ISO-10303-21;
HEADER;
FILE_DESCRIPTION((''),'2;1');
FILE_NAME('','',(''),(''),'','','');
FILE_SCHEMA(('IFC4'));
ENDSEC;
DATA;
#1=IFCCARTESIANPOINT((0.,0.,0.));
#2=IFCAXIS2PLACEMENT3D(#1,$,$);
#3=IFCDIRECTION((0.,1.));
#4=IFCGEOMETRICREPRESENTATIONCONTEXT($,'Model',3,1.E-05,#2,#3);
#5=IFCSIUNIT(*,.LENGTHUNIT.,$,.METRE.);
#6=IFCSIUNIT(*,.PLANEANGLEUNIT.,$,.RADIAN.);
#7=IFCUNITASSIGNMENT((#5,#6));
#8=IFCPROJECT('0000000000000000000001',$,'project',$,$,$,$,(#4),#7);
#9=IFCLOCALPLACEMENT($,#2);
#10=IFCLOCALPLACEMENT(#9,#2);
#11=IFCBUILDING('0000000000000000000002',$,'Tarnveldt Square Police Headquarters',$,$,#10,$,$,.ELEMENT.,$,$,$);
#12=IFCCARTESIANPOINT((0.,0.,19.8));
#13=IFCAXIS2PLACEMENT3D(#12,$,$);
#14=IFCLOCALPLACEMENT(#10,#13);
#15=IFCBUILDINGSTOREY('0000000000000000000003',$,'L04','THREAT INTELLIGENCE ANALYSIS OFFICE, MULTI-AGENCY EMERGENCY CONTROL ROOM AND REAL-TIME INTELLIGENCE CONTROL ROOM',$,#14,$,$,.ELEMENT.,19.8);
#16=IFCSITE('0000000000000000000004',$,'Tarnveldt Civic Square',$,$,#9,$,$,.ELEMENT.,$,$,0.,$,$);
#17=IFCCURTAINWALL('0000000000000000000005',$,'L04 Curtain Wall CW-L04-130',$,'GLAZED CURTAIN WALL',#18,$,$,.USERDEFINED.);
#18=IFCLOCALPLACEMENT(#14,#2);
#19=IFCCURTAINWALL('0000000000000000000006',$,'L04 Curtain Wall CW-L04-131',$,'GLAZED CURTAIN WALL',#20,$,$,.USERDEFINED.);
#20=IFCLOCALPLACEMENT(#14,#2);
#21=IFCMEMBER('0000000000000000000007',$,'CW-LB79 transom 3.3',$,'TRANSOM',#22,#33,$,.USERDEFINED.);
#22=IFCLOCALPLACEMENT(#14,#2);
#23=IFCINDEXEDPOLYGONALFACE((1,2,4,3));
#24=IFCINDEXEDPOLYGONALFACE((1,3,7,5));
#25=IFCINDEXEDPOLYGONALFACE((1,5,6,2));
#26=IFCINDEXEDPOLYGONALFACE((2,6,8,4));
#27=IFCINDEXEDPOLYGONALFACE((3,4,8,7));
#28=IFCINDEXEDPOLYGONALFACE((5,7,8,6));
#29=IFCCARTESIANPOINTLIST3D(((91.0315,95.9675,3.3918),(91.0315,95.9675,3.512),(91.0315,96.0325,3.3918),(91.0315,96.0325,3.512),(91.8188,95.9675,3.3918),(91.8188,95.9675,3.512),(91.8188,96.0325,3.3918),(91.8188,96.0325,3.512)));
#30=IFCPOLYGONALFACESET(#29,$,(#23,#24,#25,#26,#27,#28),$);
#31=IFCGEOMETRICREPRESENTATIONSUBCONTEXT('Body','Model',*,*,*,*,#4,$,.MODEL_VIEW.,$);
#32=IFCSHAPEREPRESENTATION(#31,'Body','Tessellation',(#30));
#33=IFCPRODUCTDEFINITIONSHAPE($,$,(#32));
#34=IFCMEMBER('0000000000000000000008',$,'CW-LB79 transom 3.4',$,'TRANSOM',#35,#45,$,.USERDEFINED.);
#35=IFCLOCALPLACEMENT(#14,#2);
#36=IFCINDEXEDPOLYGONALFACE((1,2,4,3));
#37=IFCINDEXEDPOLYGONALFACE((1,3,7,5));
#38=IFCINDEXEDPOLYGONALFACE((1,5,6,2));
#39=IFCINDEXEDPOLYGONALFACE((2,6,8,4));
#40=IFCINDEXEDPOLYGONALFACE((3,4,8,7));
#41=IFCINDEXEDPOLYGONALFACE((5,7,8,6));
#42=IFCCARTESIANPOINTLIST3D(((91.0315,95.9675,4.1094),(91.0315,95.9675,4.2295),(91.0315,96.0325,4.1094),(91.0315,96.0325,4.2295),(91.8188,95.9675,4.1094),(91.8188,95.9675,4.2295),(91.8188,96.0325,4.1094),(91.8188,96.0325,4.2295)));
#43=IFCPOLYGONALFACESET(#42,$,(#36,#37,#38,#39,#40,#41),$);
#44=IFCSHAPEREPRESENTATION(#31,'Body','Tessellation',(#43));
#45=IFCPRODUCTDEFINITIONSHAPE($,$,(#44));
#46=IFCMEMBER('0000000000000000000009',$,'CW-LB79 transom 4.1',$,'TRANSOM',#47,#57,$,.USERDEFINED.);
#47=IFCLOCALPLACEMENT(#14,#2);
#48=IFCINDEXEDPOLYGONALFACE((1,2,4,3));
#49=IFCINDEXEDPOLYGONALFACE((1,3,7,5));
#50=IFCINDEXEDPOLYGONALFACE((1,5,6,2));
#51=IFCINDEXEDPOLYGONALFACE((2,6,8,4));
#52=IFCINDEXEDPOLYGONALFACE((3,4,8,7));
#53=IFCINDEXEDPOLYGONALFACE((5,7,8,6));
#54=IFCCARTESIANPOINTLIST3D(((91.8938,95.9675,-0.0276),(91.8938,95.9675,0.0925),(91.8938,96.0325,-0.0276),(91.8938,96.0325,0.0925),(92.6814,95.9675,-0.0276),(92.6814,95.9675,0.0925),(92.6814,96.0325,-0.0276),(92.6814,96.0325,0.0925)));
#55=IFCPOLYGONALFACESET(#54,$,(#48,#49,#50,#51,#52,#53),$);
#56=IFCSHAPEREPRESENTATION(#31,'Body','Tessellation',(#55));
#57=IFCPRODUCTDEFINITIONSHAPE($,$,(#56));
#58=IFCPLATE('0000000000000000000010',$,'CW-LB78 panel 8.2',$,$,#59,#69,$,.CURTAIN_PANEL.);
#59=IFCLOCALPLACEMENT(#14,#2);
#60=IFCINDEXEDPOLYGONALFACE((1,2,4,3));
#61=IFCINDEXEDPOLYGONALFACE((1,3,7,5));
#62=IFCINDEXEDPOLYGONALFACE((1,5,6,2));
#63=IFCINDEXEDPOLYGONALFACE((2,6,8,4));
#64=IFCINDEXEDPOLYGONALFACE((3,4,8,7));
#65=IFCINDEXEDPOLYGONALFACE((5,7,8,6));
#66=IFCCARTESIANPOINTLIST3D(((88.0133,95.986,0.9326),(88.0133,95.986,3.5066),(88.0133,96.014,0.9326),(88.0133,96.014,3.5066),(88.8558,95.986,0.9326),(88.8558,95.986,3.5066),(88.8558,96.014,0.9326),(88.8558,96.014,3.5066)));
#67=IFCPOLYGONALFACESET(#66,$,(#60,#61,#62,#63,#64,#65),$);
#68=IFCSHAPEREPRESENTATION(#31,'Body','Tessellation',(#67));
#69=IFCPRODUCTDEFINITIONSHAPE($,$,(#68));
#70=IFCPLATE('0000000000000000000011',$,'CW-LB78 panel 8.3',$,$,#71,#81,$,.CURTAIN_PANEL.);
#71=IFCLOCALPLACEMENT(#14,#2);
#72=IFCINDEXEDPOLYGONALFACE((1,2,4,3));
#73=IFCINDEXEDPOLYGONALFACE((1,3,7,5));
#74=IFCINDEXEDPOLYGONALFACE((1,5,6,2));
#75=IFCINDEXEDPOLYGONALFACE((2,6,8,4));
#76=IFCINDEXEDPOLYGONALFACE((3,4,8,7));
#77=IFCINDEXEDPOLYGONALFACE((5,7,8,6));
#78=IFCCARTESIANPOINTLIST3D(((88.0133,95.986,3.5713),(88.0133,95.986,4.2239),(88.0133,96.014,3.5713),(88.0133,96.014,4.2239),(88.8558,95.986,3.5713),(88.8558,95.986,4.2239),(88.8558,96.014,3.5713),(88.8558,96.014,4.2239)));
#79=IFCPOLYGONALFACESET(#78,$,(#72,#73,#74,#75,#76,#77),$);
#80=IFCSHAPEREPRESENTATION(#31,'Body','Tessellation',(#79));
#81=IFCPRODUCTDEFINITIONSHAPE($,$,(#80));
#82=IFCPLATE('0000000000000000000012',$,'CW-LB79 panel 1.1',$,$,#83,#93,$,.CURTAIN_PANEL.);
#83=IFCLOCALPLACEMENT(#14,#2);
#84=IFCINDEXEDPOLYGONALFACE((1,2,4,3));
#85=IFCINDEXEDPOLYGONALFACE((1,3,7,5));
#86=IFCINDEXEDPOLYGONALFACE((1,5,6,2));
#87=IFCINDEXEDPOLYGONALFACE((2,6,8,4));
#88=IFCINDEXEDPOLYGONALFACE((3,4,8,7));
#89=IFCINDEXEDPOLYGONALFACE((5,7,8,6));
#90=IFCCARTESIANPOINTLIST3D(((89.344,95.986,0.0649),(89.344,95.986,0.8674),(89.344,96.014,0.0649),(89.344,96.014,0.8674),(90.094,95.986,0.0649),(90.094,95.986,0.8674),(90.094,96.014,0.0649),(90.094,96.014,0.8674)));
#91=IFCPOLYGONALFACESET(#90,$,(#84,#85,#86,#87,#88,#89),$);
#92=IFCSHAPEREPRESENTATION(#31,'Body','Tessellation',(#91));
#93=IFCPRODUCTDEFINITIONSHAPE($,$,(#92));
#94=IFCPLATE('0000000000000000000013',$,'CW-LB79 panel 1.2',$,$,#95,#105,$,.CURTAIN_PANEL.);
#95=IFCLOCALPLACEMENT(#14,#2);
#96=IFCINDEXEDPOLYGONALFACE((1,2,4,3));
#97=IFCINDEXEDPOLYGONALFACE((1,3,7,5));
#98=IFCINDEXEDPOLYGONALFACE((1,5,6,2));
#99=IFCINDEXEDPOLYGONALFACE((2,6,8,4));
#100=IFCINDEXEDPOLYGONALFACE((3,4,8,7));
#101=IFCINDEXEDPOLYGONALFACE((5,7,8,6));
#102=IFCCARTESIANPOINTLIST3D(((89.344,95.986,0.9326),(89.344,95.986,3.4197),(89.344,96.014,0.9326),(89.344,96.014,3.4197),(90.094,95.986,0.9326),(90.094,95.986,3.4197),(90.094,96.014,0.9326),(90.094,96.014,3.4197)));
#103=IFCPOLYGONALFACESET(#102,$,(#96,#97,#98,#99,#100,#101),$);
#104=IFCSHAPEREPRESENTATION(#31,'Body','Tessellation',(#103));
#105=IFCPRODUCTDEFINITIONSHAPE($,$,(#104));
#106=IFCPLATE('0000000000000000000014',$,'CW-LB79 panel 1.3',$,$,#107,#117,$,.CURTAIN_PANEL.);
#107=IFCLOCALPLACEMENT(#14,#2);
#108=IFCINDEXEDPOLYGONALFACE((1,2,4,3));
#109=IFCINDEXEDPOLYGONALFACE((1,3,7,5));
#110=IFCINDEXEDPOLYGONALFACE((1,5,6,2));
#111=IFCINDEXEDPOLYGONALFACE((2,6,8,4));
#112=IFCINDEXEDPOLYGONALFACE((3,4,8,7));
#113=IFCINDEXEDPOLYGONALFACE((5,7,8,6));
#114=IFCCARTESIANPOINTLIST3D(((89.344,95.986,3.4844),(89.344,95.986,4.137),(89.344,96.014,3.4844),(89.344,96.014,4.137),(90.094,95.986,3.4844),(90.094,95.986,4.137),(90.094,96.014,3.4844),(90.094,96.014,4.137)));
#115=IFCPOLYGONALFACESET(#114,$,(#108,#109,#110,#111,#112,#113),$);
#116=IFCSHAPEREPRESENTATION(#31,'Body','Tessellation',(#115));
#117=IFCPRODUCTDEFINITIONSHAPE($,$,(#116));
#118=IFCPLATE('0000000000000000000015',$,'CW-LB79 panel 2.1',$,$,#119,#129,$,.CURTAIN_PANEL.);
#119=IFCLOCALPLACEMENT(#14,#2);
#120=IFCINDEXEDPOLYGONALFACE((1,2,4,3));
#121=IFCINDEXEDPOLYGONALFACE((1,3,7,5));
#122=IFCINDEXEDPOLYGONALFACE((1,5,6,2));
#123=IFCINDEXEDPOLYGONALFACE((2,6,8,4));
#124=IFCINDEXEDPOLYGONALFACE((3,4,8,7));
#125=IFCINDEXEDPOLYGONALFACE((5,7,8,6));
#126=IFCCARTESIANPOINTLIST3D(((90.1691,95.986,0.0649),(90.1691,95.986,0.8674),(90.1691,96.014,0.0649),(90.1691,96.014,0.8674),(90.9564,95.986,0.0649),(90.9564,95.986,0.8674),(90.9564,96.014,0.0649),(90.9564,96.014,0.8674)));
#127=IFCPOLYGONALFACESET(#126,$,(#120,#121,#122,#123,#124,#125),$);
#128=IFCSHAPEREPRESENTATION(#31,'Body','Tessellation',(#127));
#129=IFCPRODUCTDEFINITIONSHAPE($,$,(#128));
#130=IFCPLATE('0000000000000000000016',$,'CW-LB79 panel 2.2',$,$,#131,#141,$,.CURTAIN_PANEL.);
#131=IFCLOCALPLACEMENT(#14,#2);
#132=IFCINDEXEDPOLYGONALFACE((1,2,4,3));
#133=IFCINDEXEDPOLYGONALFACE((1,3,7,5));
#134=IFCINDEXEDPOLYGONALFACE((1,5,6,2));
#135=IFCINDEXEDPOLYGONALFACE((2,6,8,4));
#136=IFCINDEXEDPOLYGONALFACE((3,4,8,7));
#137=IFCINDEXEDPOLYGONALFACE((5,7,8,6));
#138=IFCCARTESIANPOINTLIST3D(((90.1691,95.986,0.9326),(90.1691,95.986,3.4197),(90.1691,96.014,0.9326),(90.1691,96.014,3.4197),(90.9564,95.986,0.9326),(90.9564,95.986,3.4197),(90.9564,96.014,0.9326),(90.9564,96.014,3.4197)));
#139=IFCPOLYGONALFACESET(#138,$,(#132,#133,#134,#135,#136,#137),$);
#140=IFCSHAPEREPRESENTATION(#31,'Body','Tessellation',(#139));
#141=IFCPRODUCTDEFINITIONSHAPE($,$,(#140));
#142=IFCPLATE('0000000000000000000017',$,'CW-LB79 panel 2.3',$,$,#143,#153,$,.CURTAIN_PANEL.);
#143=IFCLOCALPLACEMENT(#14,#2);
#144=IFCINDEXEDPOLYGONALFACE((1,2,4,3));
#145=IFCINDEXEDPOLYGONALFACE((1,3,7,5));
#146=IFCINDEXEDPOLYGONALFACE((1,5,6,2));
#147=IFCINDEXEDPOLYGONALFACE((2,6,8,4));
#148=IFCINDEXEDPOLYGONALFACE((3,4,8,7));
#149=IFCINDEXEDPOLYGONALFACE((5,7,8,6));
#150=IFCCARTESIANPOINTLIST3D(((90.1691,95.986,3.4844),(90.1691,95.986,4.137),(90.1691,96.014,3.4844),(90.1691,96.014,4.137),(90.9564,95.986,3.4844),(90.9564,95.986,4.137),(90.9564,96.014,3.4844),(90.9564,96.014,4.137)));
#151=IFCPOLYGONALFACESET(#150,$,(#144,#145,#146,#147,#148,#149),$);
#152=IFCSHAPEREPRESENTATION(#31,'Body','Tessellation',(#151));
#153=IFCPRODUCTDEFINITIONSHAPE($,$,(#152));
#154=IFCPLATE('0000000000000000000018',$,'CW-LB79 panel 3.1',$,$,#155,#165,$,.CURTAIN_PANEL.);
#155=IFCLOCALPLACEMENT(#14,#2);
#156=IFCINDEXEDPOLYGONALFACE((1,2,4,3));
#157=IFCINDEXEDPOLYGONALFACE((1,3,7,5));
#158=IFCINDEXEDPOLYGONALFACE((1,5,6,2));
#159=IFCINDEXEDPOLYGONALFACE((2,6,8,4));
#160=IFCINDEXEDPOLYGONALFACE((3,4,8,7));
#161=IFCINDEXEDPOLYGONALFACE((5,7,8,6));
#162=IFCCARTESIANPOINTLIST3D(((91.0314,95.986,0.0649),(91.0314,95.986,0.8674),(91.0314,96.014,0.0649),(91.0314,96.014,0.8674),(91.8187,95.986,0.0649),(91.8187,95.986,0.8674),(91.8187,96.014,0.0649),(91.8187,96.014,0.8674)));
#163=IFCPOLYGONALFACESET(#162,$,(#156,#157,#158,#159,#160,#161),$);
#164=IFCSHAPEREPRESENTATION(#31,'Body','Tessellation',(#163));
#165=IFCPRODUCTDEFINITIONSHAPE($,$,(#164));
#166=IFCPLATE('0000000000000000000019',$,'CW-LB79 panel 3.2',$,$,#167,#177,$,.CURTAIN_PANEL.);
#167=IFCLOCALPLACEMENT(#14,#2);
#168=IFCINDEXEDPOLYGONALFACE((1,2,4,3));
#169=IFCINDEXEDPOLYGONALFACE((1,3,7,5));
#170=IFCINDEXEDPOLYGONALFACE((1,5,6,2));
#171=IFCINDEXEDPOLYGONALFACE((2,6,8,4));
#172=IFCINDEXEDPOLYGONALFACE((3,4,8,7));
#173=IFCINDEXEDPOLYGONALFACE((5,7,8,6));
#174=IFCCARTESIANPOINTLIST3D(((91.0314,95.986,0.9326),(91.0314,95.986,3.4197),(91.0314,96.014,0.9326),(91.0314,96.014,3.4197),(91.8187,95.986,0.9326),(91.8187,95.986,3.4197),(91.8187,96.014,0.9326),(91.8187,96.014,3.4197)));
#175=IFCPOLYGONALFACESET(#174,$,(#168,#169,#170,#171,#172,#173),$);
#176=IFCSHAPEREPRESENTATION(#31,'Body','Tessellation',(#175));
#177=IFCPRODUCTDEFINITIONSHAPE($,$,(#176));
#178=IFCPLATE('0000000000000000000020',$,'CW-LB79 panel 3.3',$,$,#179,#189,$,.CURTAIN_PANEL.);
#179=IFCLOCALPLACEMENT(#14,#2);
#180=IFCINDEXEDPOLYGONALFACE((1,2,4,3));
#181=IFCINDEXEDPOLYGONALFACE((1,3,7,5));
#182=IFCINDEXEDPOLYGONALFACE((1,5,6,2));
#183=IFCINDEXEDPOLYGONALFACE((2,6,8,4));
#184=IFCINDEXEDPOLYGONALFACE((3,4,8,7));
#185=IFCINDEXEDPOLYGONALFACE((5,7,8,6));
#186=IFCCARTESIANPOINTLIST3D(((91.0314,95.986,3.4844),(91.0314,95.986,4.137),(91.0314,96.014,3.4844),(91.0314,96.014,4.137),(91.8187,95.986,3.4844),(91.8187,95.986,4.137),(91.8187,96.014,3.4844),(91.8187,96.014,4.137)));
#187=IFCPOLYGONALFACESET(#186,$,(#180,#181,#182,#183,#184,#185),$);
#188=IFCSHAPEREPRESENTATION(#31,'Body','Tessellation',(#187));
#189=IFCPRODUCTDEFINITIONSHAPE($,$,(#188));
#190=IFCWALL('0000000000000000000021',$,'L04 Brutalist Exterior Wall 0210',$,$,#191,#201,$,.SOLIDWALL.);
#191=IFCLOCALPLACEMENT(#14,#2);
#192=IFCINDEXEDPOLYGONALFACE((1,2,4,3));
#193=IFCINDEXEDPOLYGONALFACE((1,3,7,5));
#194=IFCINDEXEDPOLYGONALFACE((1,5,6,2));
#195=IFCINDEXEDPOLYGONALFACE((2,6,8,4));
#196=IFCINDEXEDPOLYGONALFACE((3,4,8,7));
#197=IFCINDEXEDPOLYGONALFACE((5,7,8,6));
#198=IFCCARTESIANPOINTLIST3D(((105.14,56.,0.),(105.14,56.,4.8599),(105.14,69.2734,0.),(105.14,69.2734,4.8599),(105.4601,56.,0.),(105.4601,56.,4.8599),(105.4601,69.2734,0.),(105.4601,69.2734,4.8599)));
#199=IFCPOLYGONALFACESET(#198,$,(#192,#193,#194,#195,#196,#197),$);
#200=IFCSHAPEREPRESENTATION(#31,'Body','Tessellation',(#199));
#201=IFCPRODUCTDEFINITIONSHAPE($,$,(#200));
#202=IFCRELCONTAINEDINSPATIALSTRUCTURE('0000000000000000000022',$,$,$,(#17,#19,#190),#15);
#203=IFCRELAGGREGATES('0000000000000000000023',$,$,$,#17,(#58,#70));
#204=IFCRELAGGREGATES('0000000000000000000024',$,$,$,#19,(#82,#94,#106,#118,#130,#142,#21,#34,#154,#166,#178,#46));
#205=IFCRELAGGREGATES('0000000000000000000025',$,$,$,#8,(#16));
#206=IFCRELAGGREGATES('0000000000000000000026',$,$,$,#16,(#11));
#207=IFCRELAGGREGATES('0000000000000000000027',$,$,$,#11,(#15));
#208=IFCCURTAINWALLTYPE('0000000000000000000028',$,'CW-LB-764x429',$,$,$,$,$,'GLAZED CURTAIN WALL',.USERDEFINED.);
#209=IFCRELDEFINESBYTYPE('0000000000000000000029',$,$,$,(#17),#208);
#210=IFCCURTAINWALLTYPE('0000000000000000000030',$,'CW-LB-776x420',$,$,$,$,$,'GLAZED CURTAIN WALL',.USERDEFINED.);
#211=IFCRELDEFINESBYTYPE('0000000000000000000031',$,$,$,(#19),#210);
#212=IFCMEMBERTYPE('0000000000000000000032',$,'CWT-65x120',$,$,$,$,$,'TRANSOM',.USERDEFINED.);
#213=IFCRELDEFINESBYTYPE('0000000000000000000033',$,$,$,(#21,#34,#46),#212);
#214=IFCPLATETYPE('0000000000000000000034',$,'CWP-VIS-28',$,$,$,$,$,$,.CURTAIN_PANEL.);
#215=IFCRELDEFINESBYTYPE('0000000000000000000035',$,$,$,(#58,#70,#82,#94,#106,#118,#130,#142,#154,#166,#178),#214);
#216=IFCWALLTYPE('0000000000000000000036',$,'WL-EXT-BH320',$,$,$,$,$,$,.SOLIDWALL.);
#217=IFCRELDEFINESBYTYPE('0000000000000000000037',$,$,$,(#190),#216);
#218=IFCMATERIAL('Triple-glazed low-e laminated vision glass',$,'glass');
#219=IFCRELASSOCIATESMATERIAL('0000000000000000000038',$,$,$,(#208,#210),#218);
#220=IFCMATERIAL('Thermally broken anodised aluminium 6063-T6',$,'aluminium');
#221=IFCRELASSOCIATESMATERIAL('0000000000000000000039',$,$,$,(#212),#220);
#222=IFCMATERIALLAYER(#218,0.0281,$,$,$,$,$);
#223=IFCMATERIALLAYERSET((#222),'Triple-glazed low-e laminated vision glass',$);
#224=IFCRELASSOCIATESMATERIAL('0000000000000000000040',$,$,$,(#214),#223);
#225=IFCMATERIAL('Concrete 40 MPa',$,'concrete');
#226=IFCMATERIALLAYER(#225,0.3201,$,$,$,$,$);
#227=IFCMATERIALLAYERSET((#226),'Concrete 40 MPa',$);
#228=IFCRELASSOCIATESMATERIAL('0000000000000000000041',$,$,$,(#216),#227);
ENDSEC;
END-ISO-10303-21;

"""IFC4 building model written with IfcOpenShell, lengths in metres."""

from ifc_helpers import new_model, si_unit, direction, frame, frame_2d, origin, origin_2d, place, context, subcontext, project, spatial, rectangle, extrude, material, layer, layer_set, material_profile, profile_set, type_object, element, aggregate, save


model = new_model("IFC4")

# Units and contexts
model_context = context("Model", 3, precision=1e-05, world=origin(), true_north=direction((0.0, 1.0)))
body_context = subcontext(model_context, "Body", "Model", "MODEL_VIEW")
ifc_project = project(units=[si_unit("LENGTHUNIT", "METRE"), si_unit("PLANEANGLEUNIT", "RADIAN")], contexts=[model_context])

# Site, building, storey
site_placement = place(None, origin())
site = spatial("IfcSite", under=ifc_project, at=site_placement, Name="Tarnveldt Civic Square", CompositionType="ELEMENT", RefElevation=0.0)
building_placement = place(site_placement, origin())
building = spatial("IfcBuilding", under=site, at=building_placement, Name="Tarnveldt Square Police Headquarters", CompositionType="ELEMENT")
storey_placement = place(building_placement, frame((0.0, 0.0, 19.8)))
storey = spatial("IfcBuildingStorey", under=building, at=storey_placement, Name="L04", Description="THREAT INTELLIGENCE ANALYSIS OFFICE, MULTI-AGENCY EMERGENCY CONTROL ROOM AND REAL-TIME INTELLIGENCE CONTROL ROOM", CompositionType="ELEMENT", Elevation=19.8)

# Shared definitions
ifc_material_1 = material(Name="Concrete 40 MPa", Category="concrete")

# Curtain wall
ifc_material_2 = material(Name="Triple-glazed low-e laminated vision glass", Category="glass")
curtain_wall_type_1 = type_object("IfcCurtainWallType", Name="CW-LB-764x429", ElementType="GLAZED CURTAIN WALL", PredefinedType="USERDEFINED", material=ifc_material_2)
curtain_wall_1_placement = place(storey_placement, origin())
curtain_wall_1 = element("IfcCurtainWall", 1, at=curtain_wall_1_placement, inside=storey, type_object=curtain_wall_type_1, Name="L04 Curtain Wall CW-L04-130", ObjectType="GLAZED CURTAIN WALL", PredefinedType="USERDEFINED")
ifc_material_3 = material(Name="Thermally broken anodised aluminium 6063-T6", Category="aluminium")

# Curtain wall, members
curtain_wall_type_2 = type_object("IfcCurtainWallType", Name="CW-LB-776x420", ElementType="GLAZED CURTAIN WALL", PredefinedType="USERDEFINED", material=ifc_material_2)
curtain_wall_2_placement = place(storey_placement, origin())
curtain_wall_2 = element("IfcCurtainWall", 2, at=curtain_wall_2_placement, inside=storey, type_object=curtain_wall_type_2, Name="L04 Curtain Wall CW-L04-131", ObjectType="GLAZED CURTAIN WALL", PredefinedType="USERDEFINED")
ifc_material_profile_1 = material_profile(ifc_material_3, rectangle(XDim=0.0649, YDim=0.1201, at=origin_2d()), Name="CW-T65x120")
ifc_profile_set_1 = profile_set([ifc_material_profile_1], Name="Thermally broken anodised aluminium 6063-T6")
member_type_1 = type_object("IfcMemberType", Name="CWT-65x120", ElementType="TRANSOM", PredefinedType="USERDEFINED", material=ifc_profile_set_1)
member_1_placement = place(storey_placement, frame((91.0315, 96.0, 3.4519), z_axis=(1.0, 0.0, 0.0), x_axis=(0.0, 1.0, 0.0)))
member_1 = element("IfcMember", 3, at=member_1_placement, type_object=member_type_1, Name="CW-LB79 transom 3.3", ObjectType="TRANSOM", PredefinedType="USERDEFINED", context=body_context, shape_type="SweptSolid", body=[
    extrude(rectangle(XDim=0.0649, YDim=0.1201, at=origin_2d()), origin(), (0.0, 0.0, 1.0), 0.7874),
])
member_2_placement = place(storey_placement, frame((91.0315, 96.0, 4.1694), z_axis=(1.0, 0.0, 0.0), x_axis=(0.0, 1.0, 0.0)))
member_2 = element("IfcMember", 4, at=member_2_placement, type_object=member_type_1, Name="CW-LB79 transom 3.4", ObjectType="TRANSOM", PredefinedType="USERDEFINED", context=body_context, shape_type="SweptSolid", body=[
    extrude(rectangle(XDim=0.0649, YDim=0.1201, at=origin_2d()), origin(), (0.0, 0.0, 1.0), 0.7874),
])
member_3_placement = place(storey_placement, frame((91.8938, 96.0, 0.0325), z_axis=(1.0, 0.0, 0.0), x_axis=(0.0, 1.0, 0.0)))
member_3 = element("IfcMember", 5, at=member_3_placement, type_object=member_type_1, Name="CW-LB79 transom 4.1", ObjectType="TRANSOM", PredefinedType="USERDEFINED", context=body_context, shape_type="SweptSolid", body=[
    extrude(rectangle(XDim=0.0649, YDim=0.1201, at=origin_2d()), origin(), (0.0, 0.0, 1.0), 0.7876),
])

# Plates
ifc_layer_1 = layer(ifc_material_2, 0.0281)
ifc_layer_set_1 = layer_set([ifc_layer_1], Name="Triple-glazed low-e laminated vision glass")
plate_type = type_object("IfcPlateType", Name="CWP-VIS-28", PredefinedType="CURTAIN_PANEL", material=ifc_layer_set_1)
plate_1_placement = place(storey_placement, frame((88.4346, 96.0, 0.9326), z_axis=(0.0, 0.0, 1.0), x_axis=(1.0, 0.0, 0.0)))
plate_1 = element("IfcPlate", 6, at=plate_1_placement, type_object=plate_type, Name="CW-LB78 panel 8.2", PredefinedType="CURTAIN_PANEL", context=body_context, shape_type="SweptSolid", body=[
    extrude(rectangle(XDim=0.8425, YDim=0.0281, at=origin_2d()), origin(), (0.0, 0.0, 1.0), 2.574),
])
plate_2_placement = place(storey_placement, frame((88.4346, 96.0, 3.5713), z_axis=(0.0, 0.0, 1.0), x_axis=(1.0, 0.0, 0.0)))
plate_2 = element("IfcPlate", 7, at=plate_2_placement, type_object=plate_type, Name="CW-LB78 panel 8.3", PredefinedType="CURTAIN_PANEL", context=body_context, shape_type="SweptSolid", body=[
    extrude(rectangle(XDim=0.8425, YDim=0.0281, at=origin_2d()), origin(), (0.0, 0.0, 1.0), 0.6526),
])
aggregate(curtain_wall_1, [plate_1, plate_2])
plate_3_placement = place(storey_placement, frame((89.719, 96.0, 0.0649), z_axis=(0.0, 0.0, 1.0), x_axis=(1.0, 0.0, 0.0)))
plate_3 = element("IfcPlate", 8, at=plate_3_placement, type_object=plate_type, Name="CW-LB79 panel 1.1", PredefinedType="CURTAIN_PANEL", context=body_context, shape_type="SweptSolid", body=[
    extrude(rectangle(XDim=0.75, YDim=0.0281, at=origin_2d()), origin(), (0.0, 0.0, 1.0), 0.8025),
])
plate_4_placement = place(storey_placement, frame((89.719, 96.0, 0.9326), z_axis=(0.0, 0.0, 1.0), x_axis=(1.0, 0.0, 0.0)))
plate_4 = element("IfcPlate", 9, at=plate_4_placement, type_object=plate_type, Name="CW-LB79 panel 1.2", PredefinedType="CURTAIN_PANEL", context=body_context, shape_type="SweptSolid", body=[
    extrude(rectangle(XDim=0.75, YDim=0.0281, at=origin_2d()), origin(), (0.0, 0.0, 1.0), 2.4871),
])
plate_5_placement = place(storey_placement, frame((89.719, 96.0, 3.4844), z_axis=(0.0, 0.0, 1.0), x_axis=(1.0, 0.0, 0.0)))
plate_5 = element("IfcPlate", 10, at=plate_5_placement, type_object=plate_type, Name="CW-LB79 panel 1.3", PredefinedType="CURTAIN_PANEL", context=body_context, shape_type="SweptSolid", body=[
    extrude(rectangle(XDim=0.75, YDim=0.0281, at=origin_2d()), origin(), (0.0, 0.0, 1.0), 0.6526),
])
plate_6_placement = place(storey_placement, frame((90.5627, 96.0, 0.0649), z_axis=(0.0, 0.0, 1.0), x_axis=(1.0, 0.0, 0.0)))
plate_6 = element("IfcPlate", 11, at=plate_6_placement, type_object=plate_type, Name="CW-LB79 panel 2.1", PredefinedType="CURTAIN_PANEL", context=body_context, shape_type="SweptSolid", body=[
    extrude(rectangle(XDim=0.7874, YDim=0.0281, at=origin_2d()), origin(), (0.0, 0.0, 1.0), 0.8025),
])
plate_7_placement = place(storey_placement, frame((90.5627, 96.0, 0.9326), z_axis=(0.0, 0.0, 1.0), x_axis=(1.0, 0.0, 0.0)))
plate_7 = element("IfcPlate", 12, at=plate_7_placement, type_object=plate_type, Name="CW-LB79 panel 2.2", PredefinedType="CURTAIN_PANEL", context=body_context, shape_type="SweptSolid", body=[
    extrude(rectangle(XDim=0.7874, YDim=0.0281, at=origin_2d()), origin(), (0.0, 0.0, 1.0), 2.4871),
])
plate_8_placement = place(storey_placement, frame((90.5627, 96.0, 3.4844), z_axis=(0.0, 0.0, 1.0), x_axis=(1.0, 0.0, 0.0)))
plate_8 = element("IfcPlate", 13, at=plate_8_placement, type_object=plate_type, Name="CW-LB79 panel 2.3", PredefinedType="CURTAIN_PANEL", context=body_context, shape_type="SweptSolid", body=[
    extrude(rectangle(XDim=0.7874, YDim=0.0281, at=origin_2d()), origin(), (0.0, 0.0, 1.0), 0.6526),
])
plate_9_placement = place(storey_placement, frame((91.425, 96.0, 0.0649), z_axis=(0.0, 0.0, 1.0), x_axis=(1.0, 0.0, 0.0)))
plate_9 = element("IfcPlate", 14, at=plate_9_placement, type_object=plate_type, Name="CW-LB79 panel 3.1", PredefinedType="CURTAIN_PANEL", context=body_context, shape_type="SweptSolid", body=[
    extrude(rectangle(XDim=0.7874, YDim=0.0281, at=origin_2d()), origin(), (0.0, 0.0, 1.0), 0.8025),
])
plate_10_placement = place(storey_placement, frame((91.425, 96.0, 0.9326), z_axis=(0.0, 0.0, 1.0), x_axis=(1.0, 0.0, 0.0)))
plate_10 = element("IfcPlate", 15, at=plate_10_placement, type_object=plate_type, Name="CW-LB79 panel 3.2", PredefinedType="CURTAIN_PANEL", context=body_context, shape_type="SweptSolid", body=[
    extrude(rectangle(XDim=0.7874, YDim=0.0281, at=origin_2d()), origin(), (0.0, 0.0, 1.0), 2.4871),
])
plate_11_placement = place(storey_placement, frame((91.425, 96.0, 3.4844), z_axis=(0.0, 0.0, 1.0), x_axis=(1.0, 0.0, 0.0)))
plate_11 = element("IfcPlate", 16, at=plate_11_placement, type_object=plate_type, Name="CW-LB79 panel 3.3", PredefinedType="CURTAIN_PANEL", context=body_context, shape_type="SweptSolid", body=[
    extrude(rectangle(XDim=0.7874, YDim=0.0281, at=origin_2d()), origin(), (0.0, 0.0, 1.0), 0.6526),
])
aggregate(curtain_wall_2, [plate_3, plate_4, plate_5, plate_6, plate_7, plate_8, member_1, member_2, plate_9, plate_10, plate_11, member_3])

# Wall
ifc_layer_2 = layer(ifc_material_1, 0.3201)
ifc_layer_set_2 = layer_set([ifc_layer_2], Name="Concrete 40 MPa")
wall_type = type_object("IfcWallType", Name="WL-EXT-BH320", PredefinedType="SOLIDWALL", material=ifc_layer_set_2)
wall_1_placement = place(storey_placement, frame((105.3, 69.2734, 0.0), z_axis=(0.0, 0.0, 1.0), x_axis=(0.0, -1.0, 0.0)))
element("IfcWall", 17, at=wall_1_placement, inside=storey, type_object=wall_type, Name="L04 Brutalist Exterior Wall 0210", PredefinedType="SOLIDWALL", context=body_context, shape_type="SweptSolid", body=[
    extrude(rectangle(XDim=13.2734, YDim=0.3201, at=frame_2d((6.6367, 0.0))), origin(), (0.0, 0.0, 1.0), 4.8599),
])

save(model, "model.ifc")
